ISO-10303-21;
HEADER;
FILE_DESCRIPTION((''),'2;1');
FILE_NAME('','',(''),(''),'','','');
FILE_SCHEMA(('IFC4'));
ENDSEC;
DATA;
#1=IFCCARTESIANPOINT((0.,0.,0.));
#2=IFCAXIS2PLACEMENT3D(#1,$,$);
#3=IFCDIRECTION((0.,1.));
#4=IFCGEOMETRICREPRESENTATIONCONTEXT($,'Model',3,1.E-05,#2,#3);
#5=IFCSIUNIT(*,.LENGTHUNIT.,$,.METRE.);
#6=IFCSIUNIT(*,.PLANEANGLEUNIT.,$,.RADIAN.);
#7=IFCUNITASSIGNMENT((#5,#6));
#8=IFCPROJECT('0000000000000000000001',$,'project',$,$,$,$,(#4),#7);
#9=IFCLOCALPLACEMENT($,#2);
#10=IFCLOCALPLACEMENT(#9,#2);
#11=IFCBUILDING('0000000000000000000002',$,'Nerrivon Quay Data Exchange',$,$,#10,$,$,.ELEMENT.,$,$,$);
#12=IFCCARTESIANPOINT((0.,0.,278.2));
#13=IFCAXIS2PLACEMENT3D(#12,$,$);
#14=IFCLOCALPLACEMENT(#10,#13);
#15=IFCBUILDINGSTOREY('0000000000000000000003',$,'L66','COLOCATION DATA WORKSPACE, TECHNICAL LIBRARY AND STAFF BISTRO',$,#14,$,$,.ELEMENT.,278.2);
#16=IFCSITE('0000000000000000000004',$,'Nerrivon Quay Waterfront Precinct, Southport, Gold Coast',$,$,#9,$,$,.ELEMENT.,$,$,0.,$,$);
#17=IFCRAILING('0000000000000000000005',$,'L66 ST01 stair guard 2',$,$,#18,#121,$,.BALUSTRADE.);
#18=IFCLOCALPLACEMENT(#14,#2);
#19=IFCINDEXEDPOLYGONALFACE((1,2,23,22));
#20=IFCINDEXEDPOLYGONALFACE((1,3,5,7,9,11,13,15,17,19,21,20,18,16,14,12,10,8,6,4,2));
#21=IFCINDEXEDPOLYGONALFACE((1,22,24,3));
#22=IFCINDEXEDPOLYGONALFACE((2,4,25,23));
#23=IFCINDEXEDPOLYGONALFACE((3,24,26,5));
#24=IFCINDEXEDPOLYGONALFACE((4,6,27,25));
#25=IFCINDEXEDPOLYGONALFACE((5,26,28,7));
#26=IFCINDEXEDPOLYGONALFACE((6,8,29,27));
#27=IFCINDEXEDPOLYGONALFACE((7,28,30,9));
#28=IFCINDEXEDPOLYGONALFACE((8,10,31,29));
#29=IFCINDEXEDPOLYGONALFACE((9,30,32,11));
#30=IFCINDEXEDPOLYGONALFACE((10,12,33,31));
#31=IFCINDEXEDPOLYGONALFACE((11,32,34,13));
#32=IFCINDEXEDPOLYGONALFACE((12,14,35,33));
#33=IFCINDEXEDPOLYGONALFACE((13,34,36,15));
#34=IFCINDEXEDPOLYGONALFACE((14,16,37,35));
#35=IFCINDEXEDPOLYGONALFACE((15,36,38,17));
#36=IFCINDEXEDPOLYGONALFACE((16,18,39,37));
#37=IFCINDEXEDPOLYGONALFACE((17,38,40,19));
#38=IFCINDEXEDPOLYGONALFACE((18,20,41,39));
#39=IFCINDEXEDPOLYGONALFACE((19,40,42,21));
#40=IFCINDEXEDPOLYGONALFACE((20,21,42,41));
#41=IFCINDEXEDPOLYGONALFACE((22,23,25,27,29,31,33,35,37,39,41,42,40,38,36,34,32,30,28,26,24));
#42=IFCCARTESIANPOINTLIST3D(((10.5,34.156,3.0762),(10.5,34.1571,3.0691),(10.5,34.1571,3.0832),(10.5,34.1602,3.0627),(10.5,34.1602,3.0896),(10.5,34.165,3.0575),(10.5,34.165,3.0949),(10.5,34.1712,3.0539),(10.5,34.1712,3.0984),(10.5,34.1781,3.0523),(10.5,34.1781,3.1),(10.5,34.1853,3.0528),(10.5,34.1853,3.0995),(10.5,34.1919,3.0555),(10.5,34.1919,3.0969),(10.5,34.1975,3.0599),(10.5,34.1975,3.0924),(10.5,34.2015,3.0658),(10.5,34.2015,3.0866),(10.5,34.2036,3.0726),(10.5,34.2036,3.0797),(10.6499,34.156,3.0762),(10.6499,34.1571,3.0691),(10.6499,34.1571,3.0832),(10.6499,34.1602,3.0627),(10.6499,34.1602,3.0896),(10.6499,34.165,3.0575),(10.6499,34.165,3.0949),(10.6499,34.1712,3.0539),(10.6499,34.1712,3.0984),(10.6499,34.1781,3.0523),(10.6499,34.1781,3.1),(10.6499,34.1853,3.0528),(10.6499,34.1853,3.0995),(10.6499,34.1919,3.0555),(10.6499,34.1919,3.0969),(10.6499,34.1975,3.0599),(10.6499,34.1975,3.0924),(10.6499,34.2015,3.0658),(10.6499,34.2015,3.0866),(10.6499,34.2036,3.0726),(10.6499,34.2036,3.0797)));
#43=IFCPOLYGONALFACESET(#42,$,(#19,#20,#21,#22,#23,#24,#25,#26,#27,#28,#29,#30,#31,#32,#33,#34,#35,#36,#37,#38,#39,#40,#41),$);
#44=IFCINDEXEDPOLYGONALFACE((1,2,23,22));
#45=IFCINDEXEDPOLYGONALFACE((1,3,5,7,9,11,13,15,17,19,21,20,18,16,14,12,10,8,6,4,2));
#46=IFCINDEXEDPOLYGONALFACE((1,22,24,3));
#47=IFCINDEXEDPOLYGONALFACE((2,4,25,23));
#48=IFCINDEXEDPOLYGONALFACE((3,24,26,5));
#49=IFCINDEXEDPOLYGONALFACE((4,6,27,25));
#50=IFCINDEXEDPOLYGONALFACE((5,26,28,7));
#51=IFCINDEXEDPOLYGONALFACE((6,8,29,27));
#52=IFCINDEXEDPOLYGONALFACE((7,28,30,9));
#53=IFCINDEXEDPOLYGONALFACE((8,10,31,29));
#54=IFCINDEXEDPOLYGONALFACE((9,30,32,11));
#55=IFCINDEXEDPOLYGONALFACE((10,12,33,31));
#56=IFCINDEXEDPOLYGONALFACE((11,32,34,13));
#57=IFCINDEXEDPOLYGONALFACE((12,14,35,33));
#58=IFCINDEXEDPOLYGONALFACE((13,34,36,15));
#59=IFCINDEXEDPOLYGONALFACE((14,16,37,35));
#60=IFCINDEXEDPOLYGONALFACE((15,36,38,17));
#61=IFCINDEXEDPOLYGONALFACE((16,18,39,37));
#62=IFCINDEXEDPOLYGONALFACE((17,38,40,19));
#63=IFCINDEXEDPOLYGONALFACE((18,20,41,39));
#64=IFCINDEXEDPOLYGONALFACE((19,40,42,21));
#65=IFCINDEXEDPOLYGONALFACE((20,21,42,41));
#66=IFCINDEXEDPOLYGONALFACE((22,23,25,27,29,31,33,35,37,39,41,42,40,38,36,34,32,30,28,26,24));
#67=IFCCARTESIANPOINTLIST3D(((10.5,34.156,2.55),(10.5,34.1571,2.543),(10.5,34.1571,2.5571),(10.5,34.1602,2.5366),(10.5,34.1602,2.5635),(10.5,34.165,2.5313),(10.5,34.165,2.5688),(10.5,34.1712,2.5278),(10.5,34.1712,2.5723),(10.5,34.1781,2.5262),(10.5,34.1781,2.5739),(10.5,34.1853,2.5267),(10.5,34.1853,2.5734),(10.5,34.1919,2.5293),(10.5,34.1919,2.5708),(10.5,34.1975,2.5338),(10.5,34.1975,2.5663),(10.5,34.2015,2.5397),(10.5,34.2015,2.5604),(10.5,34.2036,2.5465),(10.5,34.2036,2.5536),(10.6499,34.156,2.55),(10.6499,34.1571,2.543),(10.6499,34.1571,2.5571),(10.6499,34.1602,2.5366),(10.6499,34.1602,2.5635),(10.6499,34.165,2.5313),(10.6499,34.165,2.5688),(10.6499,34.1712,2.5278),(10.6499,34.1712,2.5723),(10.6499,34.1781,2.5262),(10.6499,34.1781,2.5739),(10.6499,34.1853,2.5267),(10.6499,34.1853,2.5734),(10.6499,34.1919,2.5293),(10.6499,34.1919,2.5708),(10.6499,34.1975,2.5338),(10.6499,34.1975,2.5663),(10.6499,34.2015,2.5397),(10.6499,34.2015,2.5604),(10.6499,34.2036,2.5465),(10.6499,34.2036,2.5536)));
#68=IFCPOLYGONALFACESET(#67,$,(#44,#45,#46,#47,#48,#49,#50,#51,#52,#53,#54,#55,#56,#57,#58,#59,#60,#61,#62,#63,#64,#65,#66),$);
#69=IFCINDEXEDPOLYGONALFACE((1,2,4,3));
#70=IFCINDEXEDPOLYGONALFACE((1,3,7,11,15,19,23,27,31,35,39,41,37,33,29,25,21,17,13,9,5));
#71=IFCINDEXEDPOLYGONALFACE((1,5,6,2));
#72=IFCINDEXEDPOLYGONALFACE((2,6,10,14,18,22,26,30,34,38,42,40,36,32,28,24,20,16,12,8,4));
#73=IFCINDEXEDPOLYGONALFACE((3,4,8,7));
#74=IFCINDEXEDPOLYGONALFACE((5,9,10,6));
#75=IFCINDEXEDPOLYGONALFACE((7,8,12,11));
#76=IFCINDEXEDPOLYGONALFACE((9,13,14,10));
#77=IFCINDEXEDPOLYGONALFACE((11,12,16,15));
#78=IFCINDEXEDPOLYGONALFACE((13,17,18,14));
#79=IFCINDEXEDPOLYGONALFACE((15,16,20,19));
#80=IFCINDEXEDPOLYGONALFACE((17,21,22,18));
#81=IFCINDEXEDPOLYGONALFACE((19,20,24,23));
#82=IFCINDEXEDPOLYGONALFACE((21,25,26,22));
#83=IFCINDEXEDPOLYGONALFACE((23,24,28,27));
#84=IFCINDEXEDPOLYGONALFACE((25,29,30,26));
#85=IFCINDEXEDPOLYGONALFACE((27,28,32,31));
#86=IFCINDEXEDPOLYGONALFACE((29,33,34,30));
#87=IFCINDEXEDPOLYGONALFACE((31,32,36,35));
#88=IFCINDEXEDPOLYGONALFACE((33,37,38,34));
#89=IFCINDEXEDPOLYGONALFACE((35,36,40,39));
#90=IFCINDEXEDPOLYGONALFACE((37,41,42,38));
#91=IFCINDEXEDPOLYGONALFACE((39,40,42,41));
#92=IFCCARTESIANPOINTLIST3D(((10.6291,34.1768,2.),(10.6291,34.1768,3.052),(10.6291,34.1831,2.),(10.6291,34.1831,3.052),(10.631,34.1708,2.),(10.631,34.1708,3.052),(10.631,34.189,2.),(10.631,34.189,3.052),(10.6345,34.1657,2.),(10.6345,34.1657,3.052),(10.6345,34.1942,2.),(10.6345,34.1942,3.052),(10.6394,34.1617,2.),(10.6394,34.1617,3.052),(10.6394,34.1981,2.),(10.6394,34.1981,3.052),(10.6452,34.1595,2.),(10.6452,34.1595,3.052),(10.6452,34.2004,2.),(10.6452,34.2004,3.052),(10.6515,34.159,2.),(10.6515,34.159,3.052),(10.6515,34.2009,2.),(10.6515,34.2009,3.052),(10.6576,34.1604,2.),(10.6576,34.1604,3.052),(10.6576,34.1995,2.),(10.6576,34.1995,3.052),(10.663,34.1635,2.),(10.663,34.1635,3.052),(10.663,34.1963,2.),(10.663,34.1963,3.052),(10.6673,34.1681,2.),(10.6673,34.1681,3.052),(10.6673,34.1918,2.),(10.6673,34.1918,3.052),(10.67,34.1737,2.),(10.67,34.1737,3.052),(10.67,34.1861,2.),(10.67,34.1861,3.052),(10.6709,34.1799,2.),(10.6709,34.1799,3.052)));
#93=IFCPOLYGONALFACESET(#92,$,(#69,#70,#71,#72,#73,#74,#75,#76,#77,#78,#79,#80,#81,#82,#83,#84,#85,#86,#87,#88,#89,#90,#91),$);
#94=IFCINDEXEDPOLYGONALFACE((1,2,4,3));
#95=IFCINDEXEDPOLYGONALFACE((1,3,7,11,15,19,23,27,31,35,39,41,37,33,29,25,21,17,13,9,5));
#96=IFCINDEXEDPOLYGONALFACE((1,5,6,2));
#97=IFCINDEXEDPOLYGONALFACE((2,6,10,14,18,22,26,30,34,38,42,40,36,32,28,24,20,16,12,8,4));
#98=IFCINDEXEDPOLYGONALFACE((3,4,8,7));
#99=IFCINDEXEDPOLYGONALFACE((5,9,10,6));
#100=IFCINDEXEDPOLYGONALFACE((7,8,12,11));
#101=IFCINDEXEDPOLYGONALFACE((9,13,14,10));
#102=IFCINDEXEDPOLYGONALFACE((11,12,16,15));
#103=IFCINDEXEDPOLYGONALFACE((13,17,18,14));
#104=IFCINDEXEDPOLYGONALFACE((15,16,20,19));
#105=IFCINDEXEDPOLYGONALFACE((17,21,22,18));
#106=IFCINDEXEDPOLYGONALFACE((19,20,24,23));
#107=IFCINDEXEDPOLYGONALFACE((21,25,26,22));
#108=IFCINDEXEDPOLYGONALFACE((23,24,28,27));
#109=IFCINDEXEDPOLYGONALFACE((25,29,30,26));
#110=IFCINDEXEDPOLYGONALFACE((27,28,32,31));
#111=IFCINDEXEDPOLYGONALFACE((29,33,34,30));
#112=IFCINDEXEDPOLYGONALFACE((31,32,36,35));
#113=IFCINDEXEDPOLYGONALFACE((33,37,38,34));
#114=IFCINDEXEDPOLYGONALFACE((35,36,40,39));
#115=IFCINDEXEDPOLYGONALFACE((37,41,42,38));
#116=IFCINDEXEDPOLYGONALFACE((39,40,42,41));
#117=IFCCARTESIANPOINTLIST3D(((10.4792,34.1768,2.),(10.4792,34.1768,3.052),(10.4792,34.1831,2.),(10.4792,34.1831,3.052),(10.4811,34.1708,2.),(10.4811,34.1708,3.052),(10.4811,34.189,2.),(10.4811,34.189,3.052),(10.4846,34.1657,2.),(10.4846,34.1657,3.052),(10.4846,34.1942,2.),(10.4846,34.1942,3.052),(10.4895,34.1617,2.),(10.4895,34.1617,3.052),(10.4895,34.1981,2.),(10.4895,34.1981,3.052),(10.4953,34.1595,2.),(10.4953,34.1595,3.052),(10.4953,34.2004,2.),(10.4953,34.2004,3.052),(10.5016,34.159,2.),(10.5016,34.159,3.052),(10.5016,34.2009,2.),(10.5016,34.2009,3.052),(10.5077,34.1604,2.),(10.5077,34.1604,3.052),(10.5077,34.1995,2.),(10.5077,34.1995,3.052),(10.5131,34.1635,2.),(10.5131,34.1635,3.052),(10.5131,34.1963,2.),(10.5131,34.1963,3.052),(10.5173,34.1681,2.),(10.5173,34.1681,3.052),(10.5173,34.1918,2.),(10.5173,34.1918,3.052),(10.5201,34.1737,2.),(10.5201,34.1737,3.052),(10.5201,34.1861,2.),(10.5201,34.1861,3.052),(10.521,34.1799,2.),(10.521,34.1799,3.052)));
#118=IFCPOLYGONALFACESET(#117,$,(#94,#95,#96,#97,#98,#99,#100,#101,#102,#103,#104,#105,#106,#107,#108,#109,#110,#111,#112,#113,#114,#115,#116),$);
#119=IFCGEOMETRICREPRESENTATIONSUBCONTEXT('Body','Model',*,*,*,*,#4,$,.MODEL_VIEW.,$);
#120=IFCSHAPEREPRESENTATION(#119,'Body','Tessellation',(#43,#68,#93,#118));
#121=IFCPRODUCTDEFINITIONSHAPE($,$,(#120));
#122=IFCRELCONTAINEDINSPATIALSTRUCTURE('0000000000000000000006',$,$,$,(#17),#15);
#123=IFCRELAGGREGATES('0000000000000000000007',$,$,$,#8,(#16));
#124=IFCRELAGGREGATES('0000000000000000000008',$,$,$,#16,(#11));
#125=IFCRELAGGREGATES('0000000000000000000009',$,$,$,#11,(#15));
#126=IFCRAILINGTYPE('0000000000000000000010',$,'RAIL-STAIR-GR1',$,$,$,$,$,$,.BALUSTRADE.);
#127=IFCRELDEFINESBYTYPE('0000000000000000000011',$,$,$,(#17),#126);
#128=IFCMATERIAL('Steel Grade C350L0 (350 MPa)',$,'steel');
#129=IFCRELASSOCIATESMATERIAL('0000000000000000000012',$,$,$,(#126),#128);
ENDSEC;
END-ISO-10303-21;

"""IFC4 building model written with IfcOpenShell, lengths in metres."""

from ifc_helpers import new_model, si_unit, direction, frame, origin, origin_2d, place, context, subcontext, project, spatial, circle, extrude, material, type_object, element, save


model = new_model("IFC4")

# Units and contexts
model_context = context("Model", 3, precision=1e-05, world=origin(), true_north=direction((0.0, 1.0)))
body_context = subcontext(model_context, "Body", "Model", "MODEL_VIEW")
ifc_project = project(units=[si_unit("LENGTHUNIT", "METRE"), si_unit("PLANEANGLEUNIT", "RADIAN")], contexts=[model_context])

# Site, building, storey
site_placement = place(None, origin())
site = spatial("IfcSite", under=ifc_project, at=site_placement, Name="Nerrivon Quay Waterfront Precinct, Southport, Gold Coast", CompositionType="ELEMENT", RefElevation=0.0)
building_placement = place(site_placement, origin())
building = spatial("IfcBuilding", under=site, at=building_placement, Name="Nerrivon Quay Data Exchange", CompositionType="ELEMENT")
storey_placement = place(building_placement, frame((0.0, 0.0, 278.2)))
storey = spatial("IfcBuildingStorey", under=building, at=storey_placement, Name="L66", Description="COLOCATION DATA WORKSPACE, TECHNICAL LIBRARY AND STAFF BISTRO", CompositionType="ELEMENT", Elevation=278.2)

# Shared definitions
ifc_material_1 = material(Name="Steel Grade C350L0 (350 MPa)", Category="steel")

# Railing
railing_type_1 = type_object("IfcRailingType", Name="RAIL-STAIR-GR1", PredefinedType="BALUSTRADE", material=ifc_material_1)
railing_1_placement = place(storey_placement, frame((10.6499, 34.1799, 2.0)))
element("IfcRailing", 1, at=railing_1_placement, inside=storey, type_object=railing_type_1, Name="L66 ST01 stair guard 2", PredefinedType="BALUSTRADE", context=body_context, shape_type="SweptSolid", body=[
    extrude(circle(Radius=0.0239, at=origin_2d()), frame((0.0, 0.0, 1.0762), z_axis=(-1.0, 0.0, 0.0), x_axis=(0.0, -1.0, 0.0)), (0.0, 0.0, 1.0), 0.1499),
    extrude(circle(Radius=0.0239, at=origin_2d()), frame((0.0, 0.0, 0.55), z_axis=(-1.0, 0.0, 0.0), x_axis=(0.0, -1.0, 0.0)), (0.0, 0.0, 1.0), 0.1499),
    extrude(circle(Radius=0.021, at=origin_2d()), origin(), (0.0, 0.0, 1.0), 1.052),
    extrude(circle(Radius=0.021, at=origin_2d()), frame((-0.1499, 0.0, 0.0)), (0.0, 0.0, 1.0), 1.052),
])

save(model, "model.ifc")
